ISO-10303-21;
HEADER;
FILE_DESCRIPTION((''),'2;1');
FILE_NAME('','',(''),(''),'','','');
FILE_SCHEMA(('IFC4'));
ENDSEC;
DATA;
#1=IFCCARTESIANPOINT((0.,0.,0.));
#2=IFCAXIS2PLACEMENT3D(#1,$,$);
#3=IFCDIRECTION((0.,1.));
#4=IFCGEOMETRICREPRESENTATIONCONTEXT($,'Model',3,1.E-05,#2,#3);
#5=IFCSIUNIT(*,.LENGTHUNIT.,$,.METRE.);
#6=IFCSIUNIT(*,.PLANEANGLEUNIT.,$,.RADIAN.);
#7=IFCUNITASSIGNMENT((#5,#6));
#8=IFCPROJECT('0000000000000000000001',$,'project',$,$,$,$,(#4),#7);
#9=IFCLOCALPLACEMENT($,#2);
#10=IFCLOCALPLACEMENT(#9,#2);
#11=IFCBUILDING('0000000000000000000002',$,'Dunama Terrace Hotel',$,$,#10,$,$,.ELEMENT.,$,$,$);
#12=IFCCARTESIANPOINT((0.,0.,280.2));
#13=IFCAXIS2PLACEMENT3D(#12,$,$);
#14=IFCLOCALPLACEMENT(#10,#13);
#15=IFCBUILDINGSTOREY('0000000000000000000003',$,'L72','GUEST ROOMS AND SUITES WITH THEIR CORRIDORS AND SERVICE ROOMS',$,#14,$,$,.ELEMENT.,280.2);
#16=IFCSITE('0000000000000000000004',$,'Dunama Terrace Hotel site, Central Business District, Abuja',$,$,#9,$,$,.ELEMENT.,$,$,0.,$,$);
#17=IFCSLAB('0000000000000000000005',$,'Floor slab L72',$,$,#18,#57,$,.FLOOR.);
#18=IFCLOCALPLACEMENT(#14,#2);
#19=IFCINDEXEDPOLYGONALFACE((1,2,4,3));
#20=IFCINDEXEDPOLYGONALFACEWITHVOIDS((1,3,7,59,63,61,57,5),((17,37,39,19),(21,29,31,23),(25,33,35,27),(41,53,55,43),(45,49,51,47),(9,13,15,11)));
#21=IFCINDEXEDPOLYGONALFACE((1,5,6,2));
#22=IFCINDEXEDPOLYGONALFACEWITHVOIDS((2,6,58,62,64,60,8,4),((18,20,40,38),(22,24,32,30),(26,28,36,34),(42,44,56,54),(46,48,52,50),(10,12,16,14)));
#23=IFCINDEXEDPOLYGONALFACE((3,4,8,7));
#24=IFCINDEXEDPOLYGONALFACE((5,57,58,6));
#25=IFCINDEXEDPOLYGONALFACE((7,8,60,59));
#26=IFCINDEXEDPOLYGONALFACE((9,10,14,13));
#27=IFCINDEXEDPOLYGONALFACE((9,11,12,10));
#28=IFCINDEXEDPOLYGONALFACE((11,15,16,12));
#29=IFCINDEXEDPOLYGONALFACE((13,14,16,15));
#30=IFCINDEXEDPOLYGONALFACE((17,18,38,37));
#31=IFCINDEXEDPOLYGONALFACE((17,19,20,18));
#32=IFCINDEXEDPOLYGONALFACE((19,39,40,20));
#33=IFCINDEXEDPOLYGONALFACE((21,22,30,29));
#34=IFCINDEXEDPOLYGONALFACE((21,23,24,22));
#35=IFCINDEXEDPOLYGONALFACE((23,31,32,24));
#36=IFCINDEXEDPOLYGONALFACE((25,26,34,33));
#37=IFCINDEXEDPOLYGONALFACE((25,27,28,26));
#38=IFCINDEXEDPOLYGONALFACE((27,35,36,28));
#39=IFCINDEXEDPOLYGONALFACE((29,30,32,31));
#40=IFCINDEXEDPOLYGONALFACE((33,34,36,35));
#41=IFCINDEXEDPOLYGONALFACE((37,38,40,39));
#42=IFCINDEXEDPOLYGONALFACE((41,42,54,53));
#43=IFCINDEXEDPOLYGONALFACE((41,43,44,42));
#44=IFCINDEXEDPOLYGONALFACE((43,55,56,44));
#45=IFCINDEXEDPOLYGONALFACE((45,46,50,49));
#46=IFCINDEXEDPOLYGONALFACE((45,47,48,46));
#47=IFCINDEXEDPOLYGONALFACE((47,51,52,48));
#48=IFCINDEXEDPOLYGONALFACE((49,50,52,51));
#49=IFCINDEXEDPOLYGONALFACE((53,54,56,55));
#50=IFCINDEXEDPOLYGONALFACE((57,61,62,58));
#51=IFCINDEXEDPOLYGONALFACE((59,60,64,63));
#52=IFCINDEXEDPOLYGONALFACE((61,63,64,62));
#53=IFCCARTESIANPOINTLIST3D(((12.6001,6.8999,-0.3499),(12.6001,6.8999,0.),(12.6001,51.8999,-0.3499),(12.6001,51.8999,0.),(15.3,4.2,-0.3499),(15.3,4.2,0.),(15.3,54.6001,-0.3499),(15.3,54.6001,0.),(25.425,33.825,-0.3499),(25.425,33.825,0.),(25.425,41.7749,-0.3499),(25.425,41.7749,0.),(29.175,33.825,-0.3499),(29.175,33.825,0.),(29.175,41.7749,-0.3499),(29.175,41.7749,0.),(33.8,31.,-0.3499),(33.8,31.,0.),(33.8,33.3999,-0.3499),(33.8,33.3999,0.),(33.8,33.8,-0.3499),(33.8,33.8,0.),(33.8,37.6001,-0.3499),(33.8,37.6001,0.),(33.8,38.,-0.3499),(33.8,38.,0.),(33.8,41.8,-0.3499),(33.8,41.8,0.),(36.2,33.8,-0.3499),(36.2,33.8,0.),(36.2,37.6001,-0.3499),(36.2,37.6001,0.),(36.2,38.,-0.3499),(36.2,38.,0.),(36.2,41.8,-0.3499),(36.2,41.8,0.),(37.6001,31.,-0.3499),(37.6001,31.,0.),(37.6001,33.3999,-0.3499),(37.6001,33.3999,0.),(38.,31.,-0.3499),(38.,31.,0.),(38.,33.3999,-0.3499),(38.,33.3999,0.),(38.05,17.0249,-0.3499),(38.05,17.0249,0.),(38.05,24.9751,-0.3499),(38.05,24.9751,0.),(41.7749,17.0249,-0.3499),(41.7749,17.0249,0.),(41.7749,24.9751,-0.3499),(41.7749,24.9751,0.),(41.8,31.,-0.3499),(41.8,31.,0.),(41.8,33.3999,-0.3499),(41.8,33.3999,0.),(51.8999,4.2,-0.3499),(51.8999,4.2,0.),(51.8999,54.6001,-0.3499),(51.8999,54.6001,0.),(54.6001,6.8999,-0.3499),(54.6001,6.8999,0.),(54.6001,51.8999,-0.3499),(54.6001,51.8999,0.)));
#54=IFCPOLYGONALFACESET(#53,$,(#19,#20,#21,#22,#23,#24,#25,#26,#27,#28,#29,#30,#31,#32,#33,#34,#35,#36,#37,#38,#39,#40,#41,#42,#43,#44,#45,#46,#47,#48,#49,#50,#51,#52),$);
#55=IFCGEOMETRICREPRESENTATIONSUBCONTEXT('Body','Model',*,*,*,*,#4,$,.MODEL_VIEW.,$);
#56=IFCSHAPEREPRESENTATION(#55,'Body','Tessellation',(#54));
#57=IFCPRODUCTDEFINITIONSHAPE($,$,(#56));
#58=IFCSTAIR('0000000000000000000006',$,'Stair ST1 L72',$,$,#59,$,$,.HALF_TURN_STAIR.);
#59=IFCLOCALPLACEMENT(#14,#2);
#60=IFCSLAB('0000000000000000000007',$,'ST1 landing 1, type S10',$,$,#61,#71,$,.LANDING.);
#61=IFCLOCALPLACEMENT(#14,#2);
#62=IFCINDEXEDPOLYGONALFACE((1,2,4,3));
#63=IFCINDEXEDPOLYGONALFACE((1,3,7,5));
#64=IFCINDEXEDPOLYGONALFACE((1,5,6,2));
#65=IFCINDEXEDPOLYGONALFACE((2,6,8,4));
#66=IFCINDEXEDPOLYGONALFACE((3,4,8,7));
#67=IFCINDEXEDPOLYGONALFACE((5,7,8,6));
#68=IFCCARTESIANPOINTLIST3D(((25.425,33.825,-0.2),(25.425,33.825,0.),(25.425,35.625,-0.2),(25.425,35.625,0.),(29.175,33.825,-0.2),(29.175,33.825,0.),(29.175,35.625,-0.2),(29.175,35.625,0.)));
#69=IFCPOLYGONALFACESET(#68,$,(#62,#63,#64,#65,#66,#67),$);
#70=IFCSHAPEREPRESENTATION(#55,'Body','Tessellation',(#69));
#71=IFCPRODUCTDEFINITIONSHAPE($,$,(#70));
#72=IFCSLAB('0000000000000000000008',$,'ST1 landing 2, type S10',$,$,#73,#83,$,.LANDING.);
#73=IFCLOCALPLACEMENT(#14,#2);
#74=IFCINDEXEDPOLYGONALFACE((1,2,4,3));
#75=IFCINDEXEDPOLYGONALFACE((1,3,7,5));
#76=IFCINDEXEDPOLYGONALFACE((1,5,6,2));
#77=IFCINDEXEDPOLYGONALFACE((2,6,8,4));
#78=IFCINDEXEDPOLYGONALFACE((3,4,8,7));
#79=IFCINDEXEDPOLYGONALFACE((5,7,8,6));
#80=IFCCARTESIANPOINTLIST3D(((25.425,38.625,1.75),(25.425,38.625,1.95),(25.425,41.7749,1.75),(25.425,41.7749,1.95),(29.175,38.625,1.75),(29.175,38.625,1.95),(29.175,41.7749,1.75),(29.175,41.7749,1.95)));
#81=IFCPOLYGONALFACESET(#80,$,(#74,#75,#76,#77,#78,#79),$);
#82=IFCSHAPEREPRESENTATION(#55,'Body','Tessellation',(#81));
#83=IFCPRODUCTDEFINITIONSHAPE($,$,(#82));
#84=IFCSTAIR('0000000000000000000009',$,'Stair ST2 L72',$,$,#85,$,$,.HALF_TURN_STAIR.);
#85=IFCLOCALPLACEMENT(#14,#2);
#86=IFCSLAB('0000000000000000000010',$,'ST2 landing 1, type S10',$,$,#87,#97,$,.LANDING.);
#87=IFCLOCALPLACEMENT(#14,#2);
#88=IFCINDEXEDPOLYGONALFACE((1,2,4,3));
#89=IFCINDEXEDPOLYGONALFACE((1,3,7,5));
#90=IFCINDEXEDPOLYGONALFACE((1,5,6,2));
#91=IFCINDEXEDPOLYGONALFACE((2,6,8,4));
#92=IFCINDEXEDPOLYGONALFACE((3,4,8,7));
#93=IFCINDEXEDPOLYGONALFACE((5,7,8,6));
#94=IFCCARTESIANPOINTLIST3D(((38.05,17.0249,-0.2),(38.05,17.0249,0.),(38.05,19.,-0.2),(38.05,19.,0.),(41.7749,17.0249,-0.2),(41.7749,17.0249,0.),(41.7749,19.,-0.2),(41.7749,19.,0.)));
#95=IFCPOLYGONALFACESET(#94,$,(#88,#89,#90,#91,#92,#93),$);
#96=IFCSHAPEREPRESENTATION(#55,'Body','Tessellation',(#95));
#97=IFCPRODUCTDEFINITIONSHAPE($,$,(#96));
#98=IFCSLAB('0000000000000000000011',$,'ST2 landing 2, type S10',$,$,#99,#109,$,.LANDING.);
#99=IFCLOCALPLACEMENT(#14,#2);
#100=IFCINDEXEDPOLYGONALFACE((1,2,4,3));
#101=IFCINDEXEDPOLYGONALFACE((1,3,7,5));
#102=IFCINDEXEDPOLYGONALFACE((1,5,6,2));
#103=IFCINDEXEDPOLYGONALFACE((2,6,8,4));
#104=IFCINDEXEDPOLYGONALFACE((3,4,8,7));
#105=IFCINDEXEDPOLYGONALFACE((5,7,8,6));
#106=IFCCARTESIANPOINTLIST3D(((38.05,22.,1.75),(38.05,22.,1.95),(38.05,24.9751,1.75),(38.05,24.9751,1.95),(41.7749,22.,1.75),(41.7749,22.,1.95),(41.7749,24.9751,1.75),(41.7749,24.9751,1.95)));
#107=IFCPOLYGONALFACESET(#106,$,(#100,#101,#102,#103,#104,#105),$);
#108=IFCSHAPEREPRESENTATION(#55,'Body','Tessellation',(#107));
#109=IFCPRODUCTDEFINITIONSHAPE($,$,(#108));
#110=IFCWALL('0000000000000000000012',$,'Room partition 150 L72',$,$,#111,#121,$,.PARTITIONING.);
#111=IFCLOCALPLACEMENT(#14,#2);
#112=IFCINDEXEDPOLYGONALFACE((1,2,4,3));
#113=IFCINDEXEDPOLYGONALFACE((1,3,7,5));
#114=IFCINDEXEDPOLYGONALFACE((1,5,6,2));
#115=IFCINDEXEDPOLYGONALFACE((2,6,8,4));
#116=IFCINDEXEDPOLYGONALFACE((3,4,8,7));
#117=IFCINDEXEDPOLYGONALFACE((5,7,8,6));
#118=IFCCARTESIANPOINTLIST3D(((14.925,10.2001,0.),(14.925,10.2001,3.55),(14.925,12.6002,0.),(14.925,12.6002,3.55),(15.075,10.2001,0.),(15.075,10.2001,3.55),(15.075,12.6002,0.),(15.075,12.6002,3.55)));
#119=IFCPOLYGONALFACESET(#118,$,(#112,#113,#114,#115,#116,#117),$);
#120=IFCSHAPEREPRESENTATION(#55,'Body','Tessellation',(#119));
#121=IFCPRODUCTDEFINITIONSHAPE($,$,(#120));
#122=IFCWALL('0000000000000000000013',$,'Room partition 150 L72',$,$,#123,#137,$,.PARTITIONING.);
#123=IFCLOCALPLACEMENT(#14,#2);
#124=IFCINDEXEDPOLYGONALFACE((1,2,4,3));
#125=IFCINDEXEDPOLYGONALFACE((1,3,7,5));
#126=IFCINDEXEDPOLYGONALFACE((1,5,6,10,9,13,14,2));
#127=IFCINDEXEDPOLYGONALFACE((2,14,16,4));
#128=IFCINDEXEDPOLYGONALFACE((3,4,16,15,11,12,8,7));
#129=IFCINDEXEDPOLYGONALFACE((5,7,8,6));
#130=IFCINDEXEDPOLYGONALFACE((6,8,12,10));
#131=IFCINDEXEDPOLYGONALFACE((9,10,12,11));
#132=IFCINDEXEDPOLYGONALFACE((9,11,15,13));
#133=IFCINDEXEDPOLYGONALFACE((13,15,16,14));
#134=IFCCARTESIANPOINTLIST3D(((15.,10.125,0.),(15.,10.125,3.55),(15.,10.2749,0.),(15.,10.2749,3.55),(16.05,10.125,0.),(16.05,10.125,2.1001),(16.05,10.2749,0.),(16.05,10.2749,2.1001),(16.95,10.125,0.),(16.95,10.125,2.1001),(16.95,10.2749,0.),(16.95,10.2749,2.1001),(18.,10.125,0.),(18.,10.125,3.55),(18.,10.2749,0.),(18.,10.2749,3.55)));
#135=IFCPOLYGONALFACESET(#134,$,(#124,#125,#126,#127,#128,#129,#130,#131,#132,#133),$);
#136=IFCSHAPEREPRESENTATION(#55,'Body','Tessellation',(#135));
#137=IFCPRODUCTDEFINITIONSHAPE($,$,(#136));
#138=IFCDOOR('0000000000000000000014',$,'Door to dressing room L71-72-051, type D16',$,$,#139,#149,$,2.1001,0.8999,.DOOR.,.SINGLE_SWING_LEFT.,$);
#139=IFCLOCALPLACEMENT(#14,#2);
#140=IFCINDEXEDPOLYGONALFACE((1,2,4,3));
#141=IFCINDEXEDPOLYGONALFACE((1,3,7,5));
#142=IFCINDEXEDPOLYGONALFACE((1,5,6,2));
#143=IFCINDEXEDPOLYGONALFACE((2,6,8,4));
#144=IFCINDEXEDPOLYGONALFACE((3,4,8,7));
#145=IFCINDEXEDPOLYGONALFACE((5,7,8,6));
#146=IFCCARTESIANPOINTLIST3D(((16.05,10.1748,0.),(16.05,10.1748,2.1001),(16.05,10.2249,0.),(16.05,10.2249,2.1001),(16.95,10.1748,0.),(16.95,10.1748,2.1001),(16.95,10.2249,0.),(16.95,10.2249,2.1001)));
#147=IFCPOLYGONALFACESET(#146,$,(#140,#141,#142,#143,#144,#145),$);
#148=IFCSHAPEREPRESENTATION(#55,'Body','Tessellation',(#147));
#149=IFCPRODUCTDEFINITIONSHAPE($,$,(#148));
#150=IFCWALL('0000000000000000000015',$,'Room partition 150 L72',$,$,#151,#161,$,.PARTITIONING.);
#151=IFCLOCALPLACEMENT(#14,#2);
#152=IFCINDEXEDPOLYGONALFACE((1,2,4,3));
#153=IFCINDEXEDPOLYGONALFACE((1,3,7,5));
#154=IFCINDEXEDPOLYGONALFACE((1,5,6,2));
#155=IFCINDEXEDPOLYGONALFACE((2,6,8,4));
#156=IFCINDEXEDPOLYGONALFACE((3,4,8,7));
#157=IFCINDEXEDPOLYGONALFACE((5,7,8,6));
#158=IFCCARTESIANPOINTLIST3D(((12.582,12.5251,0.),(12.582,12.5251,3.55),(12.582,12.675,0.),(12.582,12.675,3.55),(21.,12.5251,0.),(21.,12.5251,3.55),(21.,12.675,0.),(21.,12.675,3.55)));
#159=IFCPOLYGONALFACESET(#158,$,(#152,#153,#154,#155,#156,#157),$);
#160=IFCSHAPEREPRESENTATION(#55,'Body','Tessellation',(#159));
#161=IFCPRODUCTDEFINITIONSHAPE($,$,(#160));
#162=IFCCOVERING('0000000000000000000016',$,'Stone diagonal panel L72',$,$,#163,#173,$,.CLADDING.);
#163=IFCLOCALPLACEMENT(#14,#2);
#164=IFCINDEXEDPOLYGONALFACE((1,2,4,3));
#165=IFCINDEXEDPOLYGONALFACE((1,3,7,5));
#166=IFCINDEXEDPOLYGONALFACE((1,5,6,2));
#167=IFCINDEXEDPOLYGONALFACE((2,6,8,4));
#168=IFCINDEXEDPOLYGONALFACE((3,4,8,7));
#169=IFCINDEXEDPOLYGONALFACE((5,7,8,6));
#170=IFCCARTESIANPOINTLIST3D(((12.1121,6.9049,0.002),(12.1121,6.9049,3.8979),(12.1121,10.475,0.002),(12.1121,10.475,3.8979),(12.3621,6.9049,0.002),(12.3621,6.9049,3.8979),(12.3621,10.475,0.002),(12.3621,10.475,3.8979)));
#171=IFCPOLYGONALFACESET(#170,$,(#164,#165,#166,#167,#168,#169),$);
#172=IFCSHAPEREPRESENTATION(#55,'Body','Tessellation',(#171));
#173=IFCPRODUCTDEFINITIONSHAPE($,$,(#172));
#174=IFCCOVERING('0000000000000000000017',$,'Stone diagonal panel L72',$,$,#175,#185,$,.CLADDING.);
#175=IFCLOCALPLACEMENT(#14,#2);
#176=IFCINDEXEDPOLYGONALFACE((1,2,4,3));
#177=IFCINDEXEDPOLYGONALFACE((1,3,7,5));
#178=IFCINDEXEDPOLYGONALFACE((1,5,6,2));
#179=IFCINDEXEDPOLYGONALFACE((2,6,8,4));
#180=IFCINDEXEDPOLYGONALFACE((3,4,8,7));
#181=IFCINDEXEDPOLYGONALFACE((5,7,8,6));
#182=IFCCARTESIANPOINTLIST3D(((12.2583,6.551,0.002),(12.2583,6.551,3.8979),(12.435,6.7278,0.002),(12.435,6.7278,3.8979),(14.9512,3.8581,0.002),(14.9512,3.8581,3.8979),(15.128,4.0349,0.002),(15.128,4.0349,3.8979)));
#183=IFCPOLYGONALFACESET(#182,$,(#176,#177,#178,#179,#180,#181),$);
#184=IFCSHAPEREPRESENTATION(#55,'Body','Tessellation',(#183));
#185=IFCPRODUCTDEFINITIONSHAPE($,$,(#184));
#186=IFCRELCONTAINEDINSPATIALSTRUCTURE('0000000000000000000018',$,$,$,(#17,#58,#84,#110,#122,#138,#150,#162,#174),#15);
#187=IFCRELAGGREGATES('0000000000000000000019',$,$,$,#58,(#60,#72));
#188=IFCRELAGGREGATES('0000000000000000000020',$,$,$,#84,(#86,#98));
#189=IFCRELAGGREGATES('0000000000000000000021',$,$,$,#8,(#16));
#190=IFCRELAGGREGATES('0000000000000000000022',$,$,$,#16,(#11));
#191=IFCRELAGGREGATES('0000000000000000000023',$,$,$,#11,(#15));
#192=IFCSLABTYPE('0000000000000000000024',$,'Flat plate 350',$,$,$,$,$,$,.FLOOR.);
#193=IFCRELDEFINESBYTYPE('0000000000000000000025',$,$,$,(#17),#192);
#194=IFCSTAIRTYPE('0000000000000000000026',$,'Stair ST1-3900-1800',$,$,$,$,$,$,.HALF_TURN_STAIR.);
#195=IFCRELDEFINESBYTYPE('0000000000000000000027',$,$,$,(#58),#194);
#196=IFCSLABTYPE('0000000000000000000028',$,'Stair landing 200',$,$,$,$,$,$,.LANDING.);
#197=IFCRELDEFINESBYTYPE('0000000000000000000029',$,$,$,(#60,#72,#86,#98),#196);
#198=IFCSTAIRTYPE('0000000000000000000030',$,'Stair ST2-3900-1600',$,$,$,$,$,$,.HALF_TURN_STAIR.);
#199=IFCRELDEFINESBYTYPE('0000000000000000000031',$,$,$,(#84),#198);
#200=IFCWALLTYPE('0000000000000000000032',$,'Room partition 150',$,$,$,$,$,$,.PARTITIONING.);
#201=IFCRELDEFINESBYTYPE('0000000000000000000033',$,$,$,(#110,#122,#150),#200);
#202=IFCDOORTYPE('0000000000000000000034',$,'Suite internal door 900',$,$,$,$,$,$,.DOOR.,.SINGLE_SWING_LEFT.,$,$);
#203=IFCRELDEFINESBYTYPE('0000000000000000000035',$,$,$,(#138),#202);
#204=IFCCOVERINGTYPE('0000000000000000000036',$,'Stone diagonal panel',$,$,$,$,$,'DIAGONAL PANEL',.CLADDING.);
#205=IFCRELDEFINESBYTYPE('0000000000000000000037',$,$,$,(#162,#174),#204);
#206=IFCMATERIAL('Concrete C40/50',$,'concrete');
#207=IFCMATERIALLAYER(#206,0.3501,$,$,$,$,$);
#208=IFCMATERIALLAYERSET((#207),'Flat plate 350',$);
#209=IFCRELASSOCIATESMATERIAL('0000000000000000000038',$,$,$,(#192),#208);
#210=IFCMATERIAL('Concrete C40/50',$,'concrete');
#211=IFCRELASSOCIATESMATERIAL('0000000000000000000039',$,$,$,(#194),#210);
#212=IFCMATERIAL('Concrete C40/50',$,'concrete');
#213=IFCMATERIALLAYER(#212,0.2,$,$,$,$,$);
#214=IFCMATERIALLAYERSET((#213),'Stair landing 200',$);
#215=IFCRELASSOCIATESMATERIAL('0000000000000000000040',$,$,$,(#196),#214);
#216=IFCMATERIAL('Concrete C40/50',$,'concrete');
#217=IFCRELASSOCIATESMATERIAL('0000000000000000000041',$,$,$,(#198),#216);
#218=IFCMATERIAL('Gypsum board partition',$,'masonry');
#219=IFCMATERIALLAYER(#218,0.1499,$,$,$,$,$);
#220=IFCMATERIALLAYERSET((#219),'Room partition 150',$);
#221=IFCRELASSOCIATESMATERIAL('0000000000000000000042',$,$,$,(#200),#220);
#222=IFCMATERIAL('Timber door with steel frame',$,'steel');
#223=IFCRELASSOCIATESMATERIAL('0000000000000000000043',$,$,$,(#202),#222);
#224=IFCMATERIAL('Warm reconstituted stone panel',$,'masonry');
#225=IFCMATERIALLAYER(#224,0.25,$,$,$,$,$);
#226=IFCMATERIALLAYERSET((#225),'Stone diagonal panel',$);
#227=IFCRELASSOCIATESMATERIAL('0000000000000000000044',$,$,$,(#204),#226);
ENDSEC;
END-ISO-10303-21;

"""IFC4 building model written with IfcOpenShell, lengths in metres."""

from ifc_helpers import new_model, si_unit, direction, frame, frame_2d, origin, origin_2d, place, context, subcontext, project, spatial, polyline, rectangle, outline, extrude, material, layer, layer_set, type_object, element, fill, aggregate, save


model = new_model("IFC4")

# Units and contexts
model_context = context("Model", 3, precision=1e-05, world=origin(), true_north=direction((0.0, 1.0)))
body_context = subcontext(model_context, "Body", "Model", "MODEL_VIEW")
ifc_project = project(units=[si_unit("LENGTHUNIT", "METRE"), si_unit("PLANEANGLEUNIT", "RADIAN")], contexts=[model_context])

# Site, building, storey
site_placement = place(None, origin())
site = spatial("IfcSite", under=ifc_project, at=site_placement, Name="Dunama Terrace Hotel site, Central Business District, Abuja", CompositionType="ELEMENT", RefElevation=0.0)
building_placement = place(site_placement, origin())
building = spatial("IfcBuilding", under=site, at=building_placement, Name="Dunama Terrace Hotel", CompositionType="ELEMENT")
storey_placement = place(building_placement, frame((0.0, 0.0, 280.2)))
storey = spatial("IfcBuildingStorey", under=building, at=storey_placement, Name="L72", Description="GUEST ROOMS AND SUITES WITH THEIR CORRIDORS AND SERVICE ROOMS", CompositionType="ELEMENT", Elevation=280.2)

# Slab
ifc_material_1 = material(Name="Concrete C40/50", Category="concrete")
ifc_layer_1 = layer(ifc_material_1, 0.3501)
ifc_layer_set_1 = layer_set([ifc_layer_1], Name="Flat plate 350")
slab_type_1 = type_object("IfcSlabType", Name="Flat plate 350", PredefinedType="FLOOR", material=ifc_layer_set_1)
slab_1_placement = place(storey_placement, frame((0.0, 0.0, -0.3499)))
element("IfcSlab", 1, at=slab_1_placement, inside=storey, type_object=slab_type_1, Name="Floor slab L72", PredefinedType="FLOOR", context=body_context, shape_type="SweptSolid", body=[
    extrude(outline(polyline([(15.3, 4.2), (51.8999, 4.2), (54.6001, 6.8999), (54.6001, 51.8999), (51.8999, 54.6001), (15.3, 54.6001), (12.6001, 51.8999), (12.6001, 6.8999), (15.3, 4.2)]), holes=[polyline([(37.6001, 31.0), (37.6001, 33.3999), (33.8, 33.3999), (33.8, 31.0), (37.6001, 31.0)]), polyline([(41.8, 31.0), (41.8, 33.3999), (38.0, 33.3999), (38.0, 31.0), (41.8, 31.0)]), polyline([(36.2, 38.0), (36.2, 41.8), (33.8, 41.8), (33.8, 38.0), (36.2, 38.0)]), polyline([(36.2, 33.8), (36.2, 37.6001), (33.8, 37.6001), (33.8, 33.8), (36.2, 33.8)]), polyline([(29.175, 33.825), (29.175, 41.7749), (25.425, 41.7749), (25.425, 33.825), (29.175, 33.825)]), polyline([(41.7749, 17.0249), (41.7749, 24.9751), (38.05, 24.9751), (38.05, 17.0249), (41.7749, 17.0249)])]), origin(), (0.0, 0.0, 1.0), 0.3499),
])

# Stairs, slabs
ifc_material_2 = material(Name="Concrete C40/50", Category="concrete")
stair_type_1 = type_object("IfcStairType", Name="Stair ST1-3900-1800", PredefinedType="HALF_TURN_STAIR", material=ifc_material_2)
stair_1_placement = place(storey_placement, origin())
stair_1 = element("IfcStair", 2, at=stair_1_placement, inside=storey, type_object=stair_type_1, Name="Stair ST1 L72", PredefinedType="HALF_TURN_STAIR")
ifc_material_3 = material(Name="Concrete C40/50", Category="concrete")
ifc_layer_2 = layer(ifc_material_3, 0.2)
ifc_layer_set_2 = layer_set([ifc_layer_2], Name="Stair landing 200")
slab_type_2 = type_object("IfcSlabType", Name="Stair landing 200", PredefinedType="LANDING", material=ifc_layer_set_2)
slab_2_placement = place(storey_placement, frame((0.0, 0.0, -0.2)))
slab_2 = element("IfcSlab", 3, at=slab_2_placement, type_object=slab_type_2, Name="ST1 landing 1, type S10", PredefinedType="LANDING", context=body_context, shape_type="SweptSolid", body=[
    extrude(outline(polyline([(25.425, 33.825), (29.175, 33.825), (29.175, 35.625), (25.425, 35.625), (25.425, 33.825)])), origin(), (0.0, 0.0, 1.0), 0.2),
])
slab_3_placement = place(storey_placement, frame((0.0, 0.0, 1.75)))
slab_3 = element("IfcSlab", 4, at=slab_3_placement, type_object=slab_type_2, Name="ST1 landing 2, type S10", PredefinedType="LANDING", context=body_context, shape_type="SweptSolid", body=[
    extrude(outline(polyline([(25.425, 38.625), (29.175, 38.625), (29.175, 41.7749), (25.425, 41.7749), (25.425, 38.625)])), origin(), (0.0, 0.0, 1.0), 0.2),
])
aggregate(stair_1, [slab_2, slab_3])
ifc_material_4 = material(Name="Concrete C40/50", Category="concrete")
stair_type_2 = type_object("IfcStairType", Name="Stair ST2-3900-1600", PredefinedType="HALF_TURN_STAIR", material=ifc_material_4)
stair_2_placement = place(storey_placement, origin())
stair_2 = element("IfcStair", 5, at=stair_2_placement, inside=storey, type_object=stair_type_2, Name="Stair ST2 L72", PredefinedType="HALF_TURN_STAIR")
slab_4_placement = place(storey_placement, frame((0.0, 0.0, -0.2)))
slab_4 = element("IfcSlab", 6, at=slab_4_placement, type_object=slab_type_2, Name="ST2 landing 1, type S10", PredefinedType="LANDING", context=body_context, shape_type="SweptSolid", body=[
    extrude(outline(polyline([(38.05, 17.0249), (41.7749, 17.0249), (41.7749, 19.0), (38.05, 19.0), (38.05, 17.0249)])), origin(), (0.0, 0.0, 1.0), 0.2),
])
slab_5_placement = place(storey_placement, frame((0.0, 0.0, 1.75)))
slab_5 = element("IfcSlab", 7, at=slab_5_placement, type_object=slab_type_2, Name="ST2 landing 2, type S10", PredefinedType="LANDING", context=body_context, shape_type="SweptSolid", body=[
    extrude(outline(polyline([(38.05, 22.0), (41.7749, 22.0), (41.7749, 24.9751), (38.05, 24.9751), (38.05, 22.0)])), origin(), (0.0, 0.0, 1.0), 0.2),
])
aggregate(stair_2, [slab_4, slab_5])

# Wall
ifc_material_5 = material(Name="Gypsum board partition", Category="masonry")
ifc_layer_3 = layer(ifc_material_5, 0.1499)
ifc_layer_set_3 = layer_set([ifc_layer_3], Name="Room partition 150")
wall_type = type_object("IfcWallType", Name="Room partition 150", PredefinedType="PARTITIONING", material=ifc_layer_set_3)
wall_1_placement = place(storey_placement, frame((15.0, 10.2, 0.0), z_axis=(0.0, 0.0, 1.0), x_axis=(0.0, 1.0, 0.0)))
element("IfcWall", 8, at=wall_1_placement, inside=storey, type_object=wall_type, Name="Room partition 150 L72", PredefinedType="PARTITIONING", context=body_context, shape_type="SweptSolid", body=[
    extrude(rectangle(XDim=2.4001, YDim=0.1499, at=frame_2d((1.2002, 0.0))), origin(), (0.0, 0.0, 1.0), 3.55),
])

# Wall, opening, door
wall_2_placement = place(storey_placement, frame((15.0, 10.2, 0.0), z_axis=(0.0, 0.0, 1.0), x_axis=(1.0, 0.0, 0.0)))
wall_2 = element("IfcWall", 9, at=wall_2_placement, inside=storey, type_object=wall_type, Name="Room partition 150 L72", PredefinedType="PARTITIONING", context=body_context, shape_type="SweptSolid", body=[
    extrude(rectangle(XDim=3.0, YDim=0.1499, at=frame_2d((1.5, 0.0))), origin(), (0.0, 0.0, 1.0), 3.55),
])
opening_placement = place(wall_2_placement, frame((1.05, 0.0, 0.0)))
opening = element("IfcOpeningElement", 10, at=opening_placement, cuts=wall_2, PredefinedType="OPENING", context=body_context, shape_type="SweptSolid", body=[
    extrude(rectangle(XDim=0.8999, YDim=2.1001, at=frame_2d((0.45, 1.05))), frame((0.0, 0.085, 0.0), z_axis=(0.0, -1.0, 0.0), x_axis=(1.0, 0.0, 0.0)), (0.0, 0.0, 1.0), 0.1699),
])
ifc_material_6 = material(Name="Timber door with steel frame", Category="steel")
door_type = type_object("IfcDoorType", Name="Suite internal door 900", OperationType="SINGLE_SWING_LEFT", PredefinedType="DOOR", material=ifc_material_6)
door_placement = place(opening_placement, origin())
door = element("IfcDoor", 11, at=door_placement, inside=storey, type_object=door_type, Name="Door to dressing room L71-72-051, type D16", OperationType="SINGLE_SWING_LEFT", OverallHeight=2.1001, OverallWidth=0.8999, PredefinedType="DOOR", context=body_context, shape_type="SweptSolid", body=[
    extrude(rectangle(XDim=0.8999, YDim=2.1001, at=frame_2d((0.45, 1.05))), frame((0.0, 0.0249, 0.0), z_axis=(0.0, -1.0, 0.0), x_axis=(1.0, 0.0, 0.0)), (0.0, 0.0, 1.0), 0.05),
])
fill(opening, door)

# Wall
wall_3_placement = place(storey_placement, frame((12.582, 12.6001, 0.0), z_axis=(0.0, 0.0, 1.0), x_axis=(1.0, 0.0, 0.0)))
element("IfcWall", 12, at=wall_3_placement, inside=storey, type_object=wall_type, Name="Room partition 150 L72", PredefinedType="PARTITIONING", context=body_context, shape_type="SweptSolid", body=[
    extrude(rectangle(XDim=8.418, YDim=0.1499, at=frame_2d((4.209, 0.0))), origin(), (0.0, 0.0, 1.0), 3.55),
])

# Coverings
ifc_material_7 = material(Name="Warm reconstituted stone panel", Category="masonry")
ifc_layer_4 = layer(ifc_material_7, 0.25)
ifc_layer_set_4 = layer_set([ifc_layer_4], Name="Stone diagonal panel")
covering_type = type_object("IfcCoveringType", Name="Stone diagonal panel", ElementType="DIAGONAL PANEL", PredefinedType="CLADDING", material=ifc_layer_set_4)
covering_1_placement = place(storey_placement, frame((12.2371, 8.6899, 0.002), z_axis=(0.0, 0.0, 1.0), x_axis=(0.0, -1.0, 0.0)))
element("IfcCovering", 13, at=covering_1_placement, inside=storey, type_object=covering_type, Name="Stone diagonal panel L72", PredefinedType="CLADDING", context=body_context, shape_type="SweptSolid", body=[
    extrude(rectangle(XDim=3.5701, YDim=0.25, at=origin_2d()), origin(), (0.0, 0.0, 1.0), 3.896),
])
covering_2_placement = place(storey_placement, frame((13.6931, 5.293, 0.002), z_axis=(0.0, 0.0, 1.0), x_axis=(0.707107, -0.707107, 0.0)))
element("IfcCovering", 14, at=covering_2_placement, inside=storey, type_object=covering_type, Name="Stone diagonal panel L72", PredefinedType="CLADDING", context=body_context, shape_type="SweptSolid", body=[
    extrude(rectangle(XDim=3.8083, YDim=0.25, at=origin_2d()), origin(), (0.0, 0.0, 1.0), 3.896),
])

save(model, "model.ifc")
